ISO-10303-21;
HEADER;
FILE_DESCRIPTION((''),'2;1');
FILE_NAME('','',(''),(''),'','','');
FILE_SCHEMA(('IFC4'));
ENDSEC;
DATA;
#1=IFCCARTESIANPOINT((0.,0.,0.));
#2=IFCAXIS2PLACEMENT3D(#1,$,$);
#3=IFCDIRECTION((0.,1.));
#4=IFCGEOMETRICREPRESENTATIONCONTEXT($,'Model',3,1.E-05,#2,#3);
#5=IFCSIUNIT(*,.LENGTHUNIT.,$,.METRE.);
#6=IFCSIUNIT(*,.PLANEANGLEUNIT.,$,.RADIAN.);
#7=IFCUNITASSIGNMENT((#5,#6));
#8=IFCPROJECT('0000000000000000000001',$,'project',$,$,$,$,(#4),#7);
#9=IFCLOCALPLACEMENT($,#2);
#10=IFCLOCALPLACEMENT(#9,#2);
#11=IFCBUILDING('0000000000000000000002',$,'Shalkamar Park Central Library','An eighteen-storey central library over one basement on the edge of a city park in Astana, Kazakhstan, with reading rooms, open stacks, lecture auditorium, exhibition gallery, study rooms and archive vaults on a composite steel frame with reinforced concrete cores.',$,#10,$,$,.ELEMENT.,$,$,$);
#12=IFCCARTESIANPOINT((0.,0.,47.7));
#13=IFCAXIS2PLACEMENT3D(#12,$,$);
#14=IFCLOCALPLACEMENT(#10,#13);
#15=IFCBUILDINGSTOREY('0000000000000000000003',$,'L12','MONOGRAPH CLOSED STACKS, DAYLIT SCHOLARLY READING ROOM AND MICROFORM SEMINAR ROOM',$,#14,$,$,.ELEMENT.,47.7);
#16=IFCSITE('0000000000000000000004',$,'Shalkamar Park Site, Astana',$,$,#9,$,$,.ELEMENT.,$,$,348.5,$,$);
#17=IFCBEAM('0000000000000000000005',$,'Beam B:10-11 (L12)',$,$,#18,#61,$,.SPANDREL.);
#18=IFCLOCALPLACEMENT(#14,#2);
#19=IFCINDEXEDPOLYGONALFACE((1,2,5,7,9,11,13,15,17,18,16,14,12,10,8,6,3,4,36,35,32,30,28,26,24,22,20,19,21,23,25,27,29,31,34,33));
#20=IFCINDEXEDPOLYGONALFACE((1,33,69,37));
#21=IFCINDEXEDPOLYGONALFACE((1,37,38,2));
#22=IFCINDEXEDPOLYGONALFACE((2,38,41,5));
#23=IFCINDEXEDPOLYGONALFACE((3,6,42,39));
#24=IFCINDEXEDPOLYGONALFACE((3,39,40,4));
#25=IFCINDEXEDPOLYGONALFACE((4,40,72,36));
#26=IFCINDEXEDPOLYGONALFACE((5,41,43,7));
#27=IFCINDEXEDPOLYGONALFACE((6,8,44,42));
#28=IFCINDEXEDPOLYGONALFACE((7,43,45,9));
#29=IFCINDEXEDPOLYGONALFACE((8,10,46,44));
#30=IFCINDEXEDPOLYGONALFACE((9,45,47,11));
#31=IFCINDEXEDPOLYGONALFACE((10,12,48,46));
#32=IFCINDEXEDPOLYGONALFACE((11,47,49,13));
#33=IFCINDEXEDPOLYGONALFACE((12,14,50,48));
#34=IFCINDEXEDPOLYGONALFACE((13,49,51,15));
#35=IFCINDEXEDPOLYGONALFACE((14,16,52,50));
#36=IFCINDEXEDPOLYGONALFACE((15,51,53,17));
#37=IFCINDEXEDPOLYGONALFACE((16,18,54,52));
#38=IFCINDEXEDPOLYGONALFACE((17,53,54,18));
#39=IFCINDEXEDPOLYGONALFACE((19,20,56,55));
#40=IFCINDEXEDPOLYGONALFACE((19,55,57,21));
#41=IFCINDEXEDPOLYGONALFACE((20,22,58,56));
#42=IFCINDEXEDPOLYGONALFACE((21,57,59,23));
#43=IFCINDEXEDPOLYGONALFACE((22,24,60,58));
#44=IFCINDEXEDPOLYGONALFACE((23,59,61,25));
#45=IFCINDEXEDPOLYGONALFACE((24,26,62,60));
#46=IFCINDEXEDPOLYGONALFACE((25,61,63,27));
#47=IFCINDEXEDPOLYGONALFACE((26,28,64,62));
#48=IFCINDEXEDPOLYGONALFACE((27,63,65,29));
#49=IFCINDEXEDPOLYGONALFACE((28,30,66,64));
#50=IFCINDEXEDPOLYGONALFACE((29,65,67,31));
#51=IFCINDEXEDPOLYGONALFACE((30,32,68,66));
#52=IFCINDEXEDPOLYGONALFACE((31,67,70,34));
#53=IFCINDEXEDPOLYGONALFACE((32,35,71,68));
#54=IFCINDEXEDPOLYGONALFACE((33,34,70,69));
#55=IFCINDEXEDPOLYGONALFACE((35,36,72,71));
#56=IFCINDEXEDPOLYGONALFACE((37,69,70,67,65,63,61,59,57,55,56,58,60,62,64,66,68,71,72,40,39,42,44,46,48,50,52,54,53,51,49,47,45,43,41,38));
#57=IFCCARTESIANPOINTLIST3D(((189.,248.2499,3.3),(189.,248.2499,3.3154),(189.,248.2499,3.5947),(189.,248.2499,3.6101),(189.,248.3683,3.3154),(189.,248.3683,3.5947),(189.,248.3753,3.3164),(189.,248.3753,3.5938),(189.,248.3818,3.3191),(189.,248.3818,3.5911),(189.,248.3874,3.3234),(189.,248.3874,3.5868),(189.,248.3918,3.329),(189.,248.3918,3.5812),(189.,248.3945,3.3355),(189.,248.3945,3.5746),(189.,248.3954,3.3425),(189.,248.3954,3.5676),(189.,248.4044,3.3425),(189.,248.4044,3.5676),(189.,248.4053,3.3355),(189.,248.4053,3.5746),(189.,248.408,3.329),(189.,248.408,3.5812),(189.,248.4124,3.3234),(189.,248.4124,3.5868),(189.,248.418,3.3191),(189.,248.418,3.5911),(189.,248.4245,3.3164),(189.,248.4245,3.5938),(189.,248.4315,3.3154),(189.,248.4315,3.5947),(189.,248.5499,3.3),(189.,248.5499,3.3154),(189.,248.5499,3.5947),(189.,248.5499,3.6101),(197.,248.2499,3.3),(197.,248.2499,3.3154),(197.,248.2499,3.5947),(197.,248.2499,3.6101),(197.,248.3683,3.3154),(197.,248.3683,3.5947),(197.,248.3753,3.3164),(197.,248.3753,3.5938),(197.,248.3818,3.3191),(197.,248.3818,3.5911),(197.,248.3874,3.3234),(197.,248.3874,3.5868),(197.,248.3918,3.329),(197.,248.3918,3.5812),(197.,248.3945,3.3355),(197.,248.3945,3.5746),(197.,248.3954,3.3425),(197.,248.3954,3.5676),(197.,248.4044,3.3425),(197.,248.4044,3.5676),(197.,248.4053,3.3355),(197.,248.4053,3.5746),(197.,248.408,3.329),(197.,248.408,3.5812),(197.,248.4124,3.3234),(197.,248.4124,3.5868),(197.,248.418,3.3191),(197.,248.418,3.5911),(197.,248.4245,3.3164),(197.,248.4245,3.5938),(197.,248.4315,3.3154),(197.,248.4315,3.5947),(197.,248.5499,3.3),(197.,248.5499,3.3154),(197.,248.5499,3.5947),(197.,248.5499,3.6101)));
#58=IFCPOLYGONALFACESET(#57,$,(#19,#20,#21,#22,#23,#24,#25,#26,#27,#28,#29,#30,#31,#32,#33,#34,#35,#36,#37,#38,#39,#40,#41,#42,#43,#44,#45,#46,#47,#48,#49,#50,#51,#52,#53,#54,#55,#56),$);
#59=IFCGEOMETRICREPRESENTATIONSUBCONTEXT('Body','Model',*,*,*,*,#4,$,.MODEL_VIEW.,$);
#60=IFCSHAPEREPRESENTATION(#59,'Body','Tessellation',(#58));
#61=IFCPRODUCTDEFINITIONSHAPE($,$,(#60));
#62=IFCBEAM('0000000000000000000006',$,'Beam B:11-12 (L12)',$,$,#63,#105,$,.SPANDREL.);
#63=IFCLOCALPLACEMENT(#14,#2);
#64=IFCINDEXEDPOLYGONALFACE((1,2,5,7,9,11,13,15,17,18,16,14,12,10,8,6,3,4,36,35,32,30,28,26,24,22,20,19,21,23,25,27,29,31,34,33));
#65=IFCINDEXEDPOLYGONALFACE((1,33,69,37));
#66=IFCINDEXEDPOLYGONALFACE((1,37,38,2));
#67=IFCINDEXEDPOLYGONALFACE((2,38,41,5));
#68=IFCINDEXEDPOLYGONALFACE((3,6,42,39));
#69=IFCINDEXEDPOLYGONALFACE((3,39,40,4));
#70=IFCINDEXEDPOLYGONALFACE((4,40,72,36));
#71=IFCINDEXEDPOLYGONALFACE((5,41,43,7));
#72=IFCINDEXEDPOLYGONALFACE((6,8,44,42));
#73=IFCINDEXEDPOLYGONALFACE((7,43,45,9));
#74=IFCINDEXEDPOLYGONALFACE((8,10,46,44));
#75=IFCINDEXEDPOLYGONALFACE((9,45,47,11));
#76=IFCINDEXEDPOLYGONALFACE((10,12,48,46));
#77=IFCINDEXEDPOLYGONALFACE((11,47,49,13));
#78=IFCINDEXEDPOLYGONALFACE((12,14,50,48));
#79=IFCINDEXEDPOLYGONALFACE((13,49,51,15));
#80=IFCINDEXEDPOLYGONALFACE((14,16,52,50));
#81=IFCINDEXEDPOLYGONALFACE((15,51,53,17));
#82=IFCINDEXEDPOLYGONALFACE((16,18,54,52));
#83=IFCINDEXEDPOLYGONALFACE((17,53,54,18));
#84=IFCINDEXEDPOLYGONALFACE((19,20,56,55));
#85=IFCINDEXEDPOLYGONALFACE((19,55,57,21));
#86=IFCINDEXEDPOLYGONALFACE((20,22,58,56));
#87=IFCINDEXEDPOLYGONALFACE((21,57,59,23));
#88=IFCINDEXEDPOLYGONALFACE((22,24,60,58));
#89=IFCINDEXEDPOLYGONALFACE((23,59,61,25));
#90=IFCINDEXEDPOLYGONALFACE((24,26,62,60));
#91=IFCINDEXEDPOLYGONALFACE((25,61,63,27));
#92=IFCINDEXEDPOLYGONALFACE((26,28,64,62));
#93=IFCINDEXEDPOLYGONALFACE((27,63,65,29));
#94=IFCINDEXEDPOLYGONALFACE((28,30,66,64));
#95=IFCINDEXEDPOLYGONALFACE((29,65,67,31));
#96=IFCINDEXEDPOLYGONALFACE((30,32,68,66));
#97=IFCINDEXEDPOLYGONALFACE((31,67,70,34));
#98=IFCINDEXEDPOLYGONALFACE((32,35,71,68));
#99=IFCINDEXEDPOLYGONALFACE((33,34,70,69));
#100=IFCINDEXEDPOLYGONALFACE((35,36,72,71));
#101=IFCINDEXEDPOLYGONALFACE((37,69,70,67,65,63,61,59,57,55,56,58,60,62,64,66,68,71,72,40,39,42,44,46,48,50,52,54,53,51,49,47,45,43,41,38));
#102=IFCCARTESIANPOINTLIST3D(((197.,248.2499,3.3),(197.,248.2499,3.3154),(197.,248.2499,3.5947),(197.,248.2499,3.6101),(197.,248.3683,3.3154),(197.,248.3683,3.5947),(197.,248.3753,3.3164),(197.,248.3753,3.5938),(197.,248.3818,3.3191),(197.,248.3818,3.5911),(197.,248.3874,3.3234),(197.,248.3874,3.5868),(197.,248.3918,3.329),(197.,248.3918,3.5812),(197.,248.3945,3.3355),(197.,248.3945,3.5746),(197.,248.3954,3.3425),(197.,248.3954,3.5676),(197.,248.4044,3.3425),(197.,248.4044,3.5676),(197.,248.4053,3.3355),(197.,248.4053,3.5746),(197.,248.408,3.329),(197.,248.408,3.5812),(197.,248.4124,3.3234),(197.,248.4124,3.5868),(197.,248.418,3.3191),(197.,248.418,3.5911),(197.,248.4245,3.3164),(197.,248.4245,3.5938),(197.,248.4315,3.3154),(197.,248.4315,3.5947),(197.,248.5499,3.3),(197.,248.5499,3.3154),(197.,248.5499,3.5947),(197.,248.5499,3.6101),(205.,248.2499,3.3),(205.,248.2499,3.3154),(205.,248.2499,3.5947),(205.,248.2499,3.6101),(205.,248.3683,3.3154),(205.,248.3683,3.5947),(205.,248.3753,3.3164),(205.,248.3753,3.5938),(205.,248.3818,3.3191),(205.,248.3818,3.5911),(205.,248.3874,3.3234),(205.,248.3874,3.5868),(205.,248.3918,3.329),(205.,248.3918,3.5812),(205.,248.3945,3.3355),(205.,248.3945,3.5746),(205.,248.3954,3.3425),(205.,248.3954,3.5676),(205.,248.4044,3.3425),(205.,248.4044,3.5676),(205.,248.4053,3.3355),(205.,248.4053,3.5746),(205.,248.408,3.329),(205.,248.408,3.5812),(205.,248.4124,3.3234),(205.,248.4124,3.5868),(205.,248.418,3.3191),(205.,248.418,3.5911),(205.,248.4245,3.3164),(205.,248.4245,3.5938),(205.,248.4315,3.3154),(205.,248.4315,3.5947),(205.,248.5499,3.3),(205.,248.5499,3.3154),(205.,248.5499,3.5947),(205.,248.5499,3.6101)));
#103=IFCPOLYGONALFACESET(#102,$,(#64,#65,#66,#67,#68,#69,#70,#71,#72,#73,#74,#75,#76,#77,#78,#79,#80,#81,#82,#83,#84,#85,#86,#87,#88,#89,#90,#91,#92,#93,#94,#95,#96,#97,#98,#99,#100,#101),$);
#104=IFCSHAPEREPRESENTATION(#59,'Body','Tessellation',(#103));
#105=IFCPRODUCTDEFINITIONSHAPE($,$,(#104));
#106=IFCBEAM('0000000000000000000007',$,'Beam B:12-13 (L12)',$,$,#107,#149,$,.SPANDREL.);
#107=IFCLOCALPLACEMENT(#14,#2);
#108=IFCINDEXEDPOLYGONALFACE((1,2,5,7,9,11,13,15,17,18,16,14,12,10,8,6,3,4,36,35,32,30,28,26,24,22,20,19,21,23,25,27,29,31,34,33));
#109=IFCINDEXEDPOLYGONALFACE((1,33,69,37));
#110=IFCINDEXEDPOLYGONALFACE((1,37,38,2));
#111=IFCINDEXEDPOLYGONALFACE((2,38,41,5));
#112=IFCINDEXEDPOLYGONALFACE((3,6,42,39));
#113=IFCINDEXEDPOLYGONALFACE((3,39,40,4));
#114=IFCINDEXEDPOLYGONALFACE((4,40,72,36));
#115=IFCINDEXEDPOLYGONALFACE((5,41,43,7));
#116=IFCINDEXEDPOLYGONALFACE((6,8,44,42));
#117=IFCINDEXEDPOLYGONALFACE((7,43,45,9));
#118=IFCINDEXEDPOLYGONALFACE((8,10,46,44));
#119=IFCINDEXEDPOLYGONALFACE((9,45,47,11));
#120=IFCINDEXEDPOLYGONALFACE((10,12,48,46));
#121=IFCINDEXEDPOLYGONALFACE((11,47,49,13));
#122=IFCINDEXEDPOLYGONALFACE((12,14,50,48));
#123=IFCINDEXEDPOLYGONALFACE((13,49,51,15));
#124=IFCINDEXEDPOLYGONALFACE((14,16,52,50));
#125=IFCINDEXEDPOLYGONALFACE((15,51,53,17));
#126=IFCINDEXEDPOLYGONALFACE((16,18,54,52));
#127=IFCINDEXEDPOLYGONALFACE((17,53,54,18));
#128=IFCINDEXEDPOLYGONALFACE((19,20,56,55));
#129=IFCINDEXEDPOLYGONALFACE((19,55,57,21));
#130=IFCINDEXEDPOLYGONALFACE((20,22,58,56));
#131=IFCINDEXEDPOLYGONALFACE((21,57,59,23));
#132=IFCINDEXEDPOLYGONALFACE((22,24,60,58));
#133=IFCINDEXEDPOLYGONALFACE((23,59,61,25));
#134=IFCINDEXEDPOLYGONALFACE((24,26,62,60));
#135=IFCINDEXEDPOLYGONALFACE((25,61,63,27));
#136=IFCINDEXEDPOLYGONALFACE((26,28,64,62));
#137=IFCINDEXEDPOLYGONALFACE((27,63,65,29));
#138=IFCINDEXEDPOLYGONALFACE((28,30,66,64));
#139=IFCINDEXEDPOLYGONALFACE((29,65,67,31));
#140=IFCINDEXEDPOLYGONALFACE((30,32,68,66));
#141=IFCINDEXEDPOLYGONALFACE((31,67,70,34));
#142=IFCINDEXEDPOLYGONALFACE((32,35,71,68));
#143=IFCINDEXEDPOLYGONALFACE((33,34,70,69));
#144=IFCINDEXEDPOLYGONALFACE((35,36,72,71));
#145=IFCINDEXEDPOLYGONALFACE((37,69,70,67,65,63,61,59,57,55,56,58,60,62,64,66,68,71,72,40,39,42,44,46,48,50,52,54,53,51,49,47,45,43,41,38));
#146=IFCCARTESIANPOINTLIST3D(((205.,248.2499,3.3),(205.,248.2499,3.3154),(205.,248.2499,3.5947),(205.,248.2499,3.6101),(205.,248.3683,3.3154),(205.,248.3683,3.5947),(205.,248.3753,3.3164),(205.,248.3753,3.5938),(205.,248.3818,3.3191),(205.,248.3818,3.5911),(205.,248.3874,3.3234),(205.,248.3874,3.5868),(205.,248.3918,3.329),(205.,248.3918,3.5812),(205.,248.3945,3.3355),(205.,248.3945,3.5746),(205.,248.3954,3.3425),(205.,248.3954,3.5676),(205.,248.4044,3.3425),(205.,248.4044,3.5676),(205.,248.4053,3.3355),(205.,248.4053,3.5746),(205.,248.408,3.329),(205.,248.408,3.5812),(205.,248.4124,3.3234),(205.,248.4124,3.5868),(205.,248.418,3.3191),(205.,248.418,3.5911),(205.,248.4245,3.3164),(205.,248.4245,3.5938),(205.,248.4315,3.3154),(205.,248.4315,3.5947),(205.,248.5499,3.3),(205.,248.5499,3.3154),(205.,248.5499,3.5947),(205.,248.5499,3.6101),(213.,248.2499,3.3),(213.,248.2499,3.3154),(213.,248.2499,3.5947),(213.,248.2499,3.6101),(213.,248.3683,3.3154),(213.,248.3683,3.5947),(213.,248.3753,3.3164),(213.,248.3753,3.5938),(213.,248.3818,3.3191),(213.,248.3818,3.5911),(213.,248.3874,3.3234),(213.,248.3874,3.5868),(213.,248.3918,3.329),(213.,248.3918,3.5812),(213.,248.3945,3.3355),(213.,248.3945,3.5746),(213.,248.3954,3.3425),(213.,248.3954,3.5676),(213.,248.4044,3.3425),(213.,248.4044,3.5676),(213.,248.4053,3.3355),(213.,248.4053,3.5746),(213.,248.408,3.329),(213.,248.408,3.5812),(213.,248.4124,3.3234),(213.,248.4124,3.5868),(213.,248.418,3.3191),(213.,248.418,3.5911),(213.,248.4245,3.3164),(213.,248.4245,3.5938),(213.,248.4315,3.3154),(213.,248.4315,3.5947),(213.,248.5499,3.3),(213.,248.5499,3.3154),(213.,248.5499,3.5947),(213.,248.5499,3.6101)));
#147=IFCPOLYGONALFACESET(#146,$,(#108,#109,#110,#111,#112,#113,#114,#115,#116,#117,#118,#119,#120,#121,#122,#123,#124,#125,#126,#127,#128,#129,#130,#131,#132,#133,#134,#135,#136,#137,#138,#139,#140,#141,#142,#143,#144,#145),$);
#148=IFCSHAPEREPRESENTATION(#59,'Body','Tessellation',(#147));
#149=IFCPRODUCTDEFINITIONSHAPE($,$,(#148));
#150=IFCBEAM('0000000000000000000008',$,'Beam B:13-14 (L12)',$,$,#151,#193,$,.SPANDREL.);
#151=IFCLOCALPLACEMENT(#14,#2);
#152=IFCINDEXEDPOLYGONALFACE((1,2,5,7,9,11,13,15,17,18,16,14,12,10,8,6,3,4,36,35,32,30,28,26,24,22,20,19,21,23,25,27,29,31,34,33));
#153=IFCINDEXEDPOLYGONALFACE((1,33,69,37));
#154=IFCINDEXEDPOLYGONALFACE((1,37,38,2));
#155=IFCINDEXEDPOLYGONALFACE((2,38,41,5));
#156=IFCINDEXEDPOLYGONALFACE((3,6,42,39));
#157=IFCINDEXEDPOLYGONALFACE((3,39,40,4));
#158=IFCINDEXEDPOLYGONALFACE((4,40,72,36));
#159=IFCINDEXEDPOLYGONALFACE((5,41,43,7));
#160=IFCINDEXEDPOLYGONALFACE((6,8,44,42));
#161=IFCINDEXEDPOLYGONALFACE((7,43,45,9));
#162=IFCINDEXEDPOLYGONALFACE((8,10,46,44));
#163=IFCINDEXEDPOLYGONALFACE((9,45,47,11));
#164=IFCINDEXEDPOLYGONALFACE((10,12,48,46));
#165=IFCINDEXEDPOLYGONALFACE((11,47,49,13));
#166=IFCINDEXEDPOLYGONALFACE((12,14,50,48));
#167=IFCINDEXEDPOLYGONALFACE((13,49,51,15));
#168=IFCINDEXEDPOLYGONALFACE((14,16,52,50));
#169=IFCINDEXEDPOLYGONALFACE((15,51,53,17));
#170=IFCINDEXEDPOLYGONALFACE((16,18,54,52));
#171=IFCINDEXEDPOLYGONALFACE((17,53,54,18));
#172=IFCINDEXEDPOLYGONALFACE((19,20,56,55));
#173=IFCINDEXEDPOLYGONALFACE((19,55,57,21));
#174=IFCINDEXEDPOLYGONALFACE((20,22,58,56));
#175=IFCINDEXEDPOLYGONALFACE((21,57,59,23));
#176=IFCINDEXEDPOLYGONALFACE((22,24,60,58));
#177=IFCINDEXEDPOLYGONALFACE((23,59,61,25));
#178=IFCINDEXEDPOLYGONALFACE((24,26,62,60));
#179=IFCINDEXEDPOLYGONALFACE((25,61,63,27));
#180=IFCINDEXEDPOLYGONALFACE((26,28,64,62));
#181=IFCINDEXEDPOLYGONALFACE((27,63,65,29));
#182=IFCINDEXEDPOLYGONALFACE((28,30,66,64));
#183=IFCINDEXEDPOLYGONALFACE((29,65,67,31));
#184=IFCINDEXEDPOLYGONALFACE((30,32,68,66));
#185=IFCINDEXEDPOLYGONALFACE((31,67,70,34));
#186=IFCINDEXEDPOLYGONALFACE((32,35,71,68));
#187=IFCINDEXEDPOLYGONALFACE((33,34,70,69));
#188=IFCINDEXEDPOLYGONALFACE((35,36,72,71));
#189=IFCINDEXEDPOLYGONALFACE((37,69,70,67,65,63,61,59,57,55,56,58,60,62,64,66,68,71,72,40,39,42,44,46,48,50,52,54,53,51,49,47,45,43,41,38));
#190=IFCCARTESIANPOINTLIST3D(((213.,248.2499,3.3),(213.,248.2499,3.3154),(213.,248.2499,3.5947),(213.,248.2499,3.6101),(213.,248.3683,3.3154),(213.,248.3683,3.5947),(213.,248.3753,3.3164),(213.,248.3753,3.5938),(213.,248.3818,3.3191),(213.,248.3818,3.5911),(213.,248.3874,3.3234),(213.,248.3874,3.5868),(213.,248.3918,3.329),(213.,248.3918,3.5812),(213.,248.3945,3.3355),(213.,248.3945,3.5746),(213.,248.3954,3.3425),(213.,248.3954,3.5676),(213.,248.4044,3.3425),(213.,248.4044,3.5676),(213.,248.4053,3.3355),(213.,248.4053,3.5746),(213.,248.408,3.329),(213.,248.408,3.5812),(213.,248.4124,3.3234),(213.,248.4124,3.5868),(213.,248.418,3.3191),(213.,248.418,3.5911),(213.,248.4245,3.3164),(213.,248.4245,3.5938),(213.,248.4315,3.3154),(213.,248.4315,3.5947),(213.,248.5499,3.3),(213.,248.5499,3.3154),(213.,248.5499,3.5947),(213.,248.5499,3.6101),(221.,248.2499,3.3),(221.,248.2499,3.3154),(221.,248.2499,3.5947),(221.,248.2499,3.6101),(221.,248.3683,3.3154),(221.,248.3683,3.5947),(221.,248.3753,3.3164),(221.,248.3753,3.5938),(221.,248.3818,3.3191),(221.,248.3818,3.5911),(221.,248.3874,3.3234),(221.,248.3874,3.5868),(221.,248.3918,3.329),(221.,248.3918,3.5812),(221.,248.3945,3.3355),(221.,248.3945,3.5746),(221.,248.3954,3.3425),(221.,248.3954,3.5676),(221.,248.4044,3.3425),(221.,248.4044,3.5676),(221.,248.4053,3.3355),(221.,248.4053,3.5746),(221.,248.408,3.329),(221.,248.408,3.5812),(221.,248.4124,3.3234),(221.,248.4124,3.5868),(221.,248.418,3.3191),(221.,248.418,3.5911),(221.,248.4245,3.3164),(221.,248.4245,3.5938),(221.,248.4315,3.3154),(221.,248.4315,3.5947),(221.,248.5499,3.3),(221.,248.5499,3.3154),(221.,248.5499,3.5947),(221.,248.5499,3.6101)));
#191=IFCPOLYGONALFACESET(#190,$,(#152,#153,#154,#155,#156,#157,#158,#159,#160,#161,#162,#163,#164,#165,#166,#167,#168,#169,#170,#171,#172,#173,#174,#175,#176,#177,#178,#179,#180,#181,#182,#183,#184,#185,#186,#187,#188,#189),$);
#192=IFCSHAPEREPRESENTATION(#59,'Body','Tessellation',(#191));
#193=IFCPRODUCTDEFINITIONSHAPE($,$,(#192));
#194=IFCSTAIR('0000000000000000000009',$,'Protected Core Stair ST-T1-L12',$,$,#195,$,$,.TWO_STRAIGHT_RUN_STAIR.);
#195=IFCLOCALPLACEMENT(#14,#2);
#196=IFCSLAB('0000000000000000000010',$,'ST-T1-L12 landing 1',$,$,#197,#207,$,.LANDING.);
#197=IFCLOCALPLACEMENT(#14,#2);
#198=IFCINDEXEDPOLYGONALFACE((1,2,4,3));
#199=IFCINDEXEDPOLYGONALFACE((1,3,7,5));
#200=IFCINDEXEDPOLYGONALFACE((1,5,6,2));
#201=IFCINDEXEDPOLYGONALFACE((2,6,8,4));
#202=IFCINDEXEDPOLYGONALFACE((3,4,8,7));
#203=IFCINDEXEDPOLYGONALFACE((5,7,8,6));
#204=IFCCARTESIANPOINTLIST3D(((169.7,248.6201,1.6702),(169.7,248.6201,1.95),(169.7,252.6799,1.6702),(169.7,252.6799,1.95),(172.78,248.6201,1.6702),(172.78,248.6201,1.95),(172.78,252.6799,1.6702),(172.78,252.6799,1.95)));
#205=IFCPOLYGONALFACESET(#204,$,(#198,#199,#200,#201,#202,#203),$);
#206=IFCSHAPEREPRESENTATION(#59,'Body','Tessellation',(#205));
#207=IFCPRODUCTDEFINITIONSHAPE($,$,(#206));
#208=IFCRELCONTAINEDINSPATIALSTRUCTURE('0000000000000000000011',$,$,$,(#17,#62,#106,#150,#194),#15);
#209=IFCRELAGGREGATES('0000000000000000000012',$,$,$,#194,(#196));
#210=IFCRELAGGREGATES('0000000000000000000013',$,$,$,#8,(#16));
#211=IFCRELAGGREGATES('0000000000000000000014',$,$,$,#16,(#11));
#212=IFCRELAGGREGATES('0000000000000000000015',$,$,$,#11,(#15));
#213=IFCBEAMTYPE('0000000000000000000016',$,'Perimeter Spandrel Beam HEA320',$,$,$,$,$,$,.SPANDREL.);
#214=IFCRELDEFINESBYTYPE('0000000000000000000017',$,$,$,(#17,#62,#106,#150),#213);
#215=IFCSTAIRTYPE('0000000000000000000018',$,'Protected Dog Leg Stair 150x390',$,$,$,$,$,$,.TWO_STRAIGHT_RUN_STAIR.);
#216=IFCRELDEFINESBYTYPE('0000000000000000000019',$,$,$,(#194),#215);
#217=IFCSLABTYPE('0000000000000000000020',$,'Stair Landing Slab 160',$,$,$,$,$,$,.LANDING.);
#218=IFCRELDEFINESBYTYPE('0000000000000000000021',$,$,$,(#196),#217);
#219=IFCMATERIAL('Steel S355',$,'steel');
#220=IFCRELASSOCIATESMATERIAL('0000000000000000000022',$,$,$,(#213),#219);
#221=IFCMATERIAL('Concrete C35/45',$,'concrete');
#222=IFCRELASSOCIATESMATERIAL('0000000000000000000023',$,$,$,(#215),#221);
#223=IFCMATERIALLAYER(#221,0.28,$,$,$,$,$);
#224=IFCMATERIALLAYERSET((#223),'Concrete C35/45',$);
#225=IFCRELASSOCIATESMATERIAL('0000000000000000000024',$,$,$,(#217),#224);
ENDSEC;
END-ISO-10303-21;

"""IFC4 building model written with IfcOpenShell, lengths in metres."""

from ifc_helpers import new_model, si_unit, direction, frame, origin, origin_2d, place, context, subcontext, project, spatial, polyline, i_section, outline, extrude, material, layer, layer_set, material_profile, profile_set, type_object, element, aggregate, save


model = new_model("IFC4")

# Units and contexts
model_context = context("Model", 3, precision=1e-05, world=origin(), true_north=direction((0.0, 1.0)))
body_context = subcontext(model_context, "Body", "Model", "MODEL_VIEW")
ifc_project = project(units=[si_unit("LENGTHUNIT", "METRE"), si_unit("PLANEANGLEUNIT", "RADIAN")], contexts=[model_context])

# Site, building, storey
site_placement = place(None, origin())
site = spatial("IfcSite", under=ifc_project, at=site_placement, Name="Shalkamar Park Site, Astana", CompositionType="ELEMENT", RefElevation=348.5)
building_placement = place(site_placement, origin())
building = spatial("IfcBuilding", under=site, at=building_placement, Name="Shalkamar Park Central Library", Description="An eighteen-storey central library over one basement on the edge of a city park in Astana, Kazakhstan, with reading rooms, open stacks, lecture auditorium, exhibition gallery, study rooms and archive vaults on a composite steel frame with reinforced concrete cores.", CompositionType="ELEMENT")
storey_placement = place(building_placement, frame((0.0, 0.0, 47.7)))
storey = spatial("IfcBuildingStorey", under=building, at=storey_placement, Name="L12", Description="MONOGRAPH CLOSED STACKS, DAYLIT SCHOLARLY READING ROOM AND MICROFORM SEMINAR ROOM", CompositionType="ELEMENT", Elevation=47.7)

# Shared definitions
ifc_material_1 = material(Name="Steel S355", Category="steel")

# Beams
ifc_material_profile_1 = material_profile(ifc_material_1, i_section(OverallWidth=0.3, OverallDepth=0.3101, WebThickness=0.009, FlangeThickness=0.0154, FilletRadius=0.0271, at=origin_2d()), Name="HEA 320")
ifc_profile_set_1 = profile_set([ifc_material_profile_1], Name="Steel S355")
beam_type_1 = type_object("IfcBeamType", Name="Perimeter Spandrel Beam HEA320", PredefinedType="SPANDREL", material=ifc_profile_set_1)
for number, where, z_axis, x_axis, name in (
    (1, (189.0, 248.3999, 3.4551), (1.0, 0.0, 0.0), (0.0, 1.0, 0.0), "Beam B:10-11 (L12)"),
    (2, (197.0, 248.3999, 3.4551), (1.0, 0.0, 0.0), (0.0, 1.0, 0.0), "Beam B:11-12 (L12)"),
    (3, (205.0, 248.3999, 3.4551), (1.0, 0.0, 0.0), (0.0, 1.0, 0.0), "Beam B:12-13 (L12)"),
    (4, (213.0, 248.3999, 3.4551), (1.0, 0.0, 0.0), (0.0, 1.0, 0.0), "Beam B:13-14 (L12)"),
):
    element("IfcBeam", number, at=place(storey_placement, frame(where, z_axis=z_axis, x_axis=x_axis)), inside=storey, type_object=beam_type_1, Name=name, PredefinedType="SPANDREL", context=body_context, shape_type="SweptSolid", body=[
        extrude(i_section(OverallWidth=0.3, OverallDepth=0.3101, WebThickness=0.009, FlangeThickness=0.0154, FilletRadius=0.0271, at=origin_2d()), origin(), (0.0, 0.0, 1.0), 8.0),
    ])

# Stair, slab
ifc_material_2 = material(Name="Concrete C35/45", Category="concrete")
stair_type = type_object("IfcStairType", Name="Protected Dog Leg Stair 150x390", PredefinedType="TWO_STRAIGHT_RUN_STAIR", material=ifc_material_2)
stair_1_placement = place(storey_placement, origin())
stair_1 = element("IfcStair", 5, at=stair_1_placement, inside=storey, type_object=stair_type, Name="Protected Core Stair ST-T1-L12", PredefinedType="TWO_STRAIGHT_RUN_STAIR")
ifc_layer_1 = layer(ifc_material_2, 0.28)
ifc_layer_set_1 = layer_set([ifc_layer_1], Name="Concrete C35/45")
slab_type_1 = type_object("IfcSlabType", Name="Stair Landing Slab 160", PredefinedType="LANDING", material=ifc_layer_set_1)
slab_1_placement = place(storey_placement, frame((0.0, 0.0, 1.6702)))
slab_1 = element("IfcSlab", 6, at=slab_1_placement, type_object=slab_type_1, Name="ST-T1-L12 landing 1", PredefinedType="LANDING", context=body_context, shape_type="SweptSolid", body=[
    extrude(outline(polyline([(169.7, 248.6201), (172.78, 248.6201), (172.78, 252.6799), (169.7, 252.6799), (169.7, 248.6201)])), origin(), (0.0, 0.0, 1.0), 0.2798),
])
aggregate(stair_1, [slab_1])

save(model, "model.ifc")
